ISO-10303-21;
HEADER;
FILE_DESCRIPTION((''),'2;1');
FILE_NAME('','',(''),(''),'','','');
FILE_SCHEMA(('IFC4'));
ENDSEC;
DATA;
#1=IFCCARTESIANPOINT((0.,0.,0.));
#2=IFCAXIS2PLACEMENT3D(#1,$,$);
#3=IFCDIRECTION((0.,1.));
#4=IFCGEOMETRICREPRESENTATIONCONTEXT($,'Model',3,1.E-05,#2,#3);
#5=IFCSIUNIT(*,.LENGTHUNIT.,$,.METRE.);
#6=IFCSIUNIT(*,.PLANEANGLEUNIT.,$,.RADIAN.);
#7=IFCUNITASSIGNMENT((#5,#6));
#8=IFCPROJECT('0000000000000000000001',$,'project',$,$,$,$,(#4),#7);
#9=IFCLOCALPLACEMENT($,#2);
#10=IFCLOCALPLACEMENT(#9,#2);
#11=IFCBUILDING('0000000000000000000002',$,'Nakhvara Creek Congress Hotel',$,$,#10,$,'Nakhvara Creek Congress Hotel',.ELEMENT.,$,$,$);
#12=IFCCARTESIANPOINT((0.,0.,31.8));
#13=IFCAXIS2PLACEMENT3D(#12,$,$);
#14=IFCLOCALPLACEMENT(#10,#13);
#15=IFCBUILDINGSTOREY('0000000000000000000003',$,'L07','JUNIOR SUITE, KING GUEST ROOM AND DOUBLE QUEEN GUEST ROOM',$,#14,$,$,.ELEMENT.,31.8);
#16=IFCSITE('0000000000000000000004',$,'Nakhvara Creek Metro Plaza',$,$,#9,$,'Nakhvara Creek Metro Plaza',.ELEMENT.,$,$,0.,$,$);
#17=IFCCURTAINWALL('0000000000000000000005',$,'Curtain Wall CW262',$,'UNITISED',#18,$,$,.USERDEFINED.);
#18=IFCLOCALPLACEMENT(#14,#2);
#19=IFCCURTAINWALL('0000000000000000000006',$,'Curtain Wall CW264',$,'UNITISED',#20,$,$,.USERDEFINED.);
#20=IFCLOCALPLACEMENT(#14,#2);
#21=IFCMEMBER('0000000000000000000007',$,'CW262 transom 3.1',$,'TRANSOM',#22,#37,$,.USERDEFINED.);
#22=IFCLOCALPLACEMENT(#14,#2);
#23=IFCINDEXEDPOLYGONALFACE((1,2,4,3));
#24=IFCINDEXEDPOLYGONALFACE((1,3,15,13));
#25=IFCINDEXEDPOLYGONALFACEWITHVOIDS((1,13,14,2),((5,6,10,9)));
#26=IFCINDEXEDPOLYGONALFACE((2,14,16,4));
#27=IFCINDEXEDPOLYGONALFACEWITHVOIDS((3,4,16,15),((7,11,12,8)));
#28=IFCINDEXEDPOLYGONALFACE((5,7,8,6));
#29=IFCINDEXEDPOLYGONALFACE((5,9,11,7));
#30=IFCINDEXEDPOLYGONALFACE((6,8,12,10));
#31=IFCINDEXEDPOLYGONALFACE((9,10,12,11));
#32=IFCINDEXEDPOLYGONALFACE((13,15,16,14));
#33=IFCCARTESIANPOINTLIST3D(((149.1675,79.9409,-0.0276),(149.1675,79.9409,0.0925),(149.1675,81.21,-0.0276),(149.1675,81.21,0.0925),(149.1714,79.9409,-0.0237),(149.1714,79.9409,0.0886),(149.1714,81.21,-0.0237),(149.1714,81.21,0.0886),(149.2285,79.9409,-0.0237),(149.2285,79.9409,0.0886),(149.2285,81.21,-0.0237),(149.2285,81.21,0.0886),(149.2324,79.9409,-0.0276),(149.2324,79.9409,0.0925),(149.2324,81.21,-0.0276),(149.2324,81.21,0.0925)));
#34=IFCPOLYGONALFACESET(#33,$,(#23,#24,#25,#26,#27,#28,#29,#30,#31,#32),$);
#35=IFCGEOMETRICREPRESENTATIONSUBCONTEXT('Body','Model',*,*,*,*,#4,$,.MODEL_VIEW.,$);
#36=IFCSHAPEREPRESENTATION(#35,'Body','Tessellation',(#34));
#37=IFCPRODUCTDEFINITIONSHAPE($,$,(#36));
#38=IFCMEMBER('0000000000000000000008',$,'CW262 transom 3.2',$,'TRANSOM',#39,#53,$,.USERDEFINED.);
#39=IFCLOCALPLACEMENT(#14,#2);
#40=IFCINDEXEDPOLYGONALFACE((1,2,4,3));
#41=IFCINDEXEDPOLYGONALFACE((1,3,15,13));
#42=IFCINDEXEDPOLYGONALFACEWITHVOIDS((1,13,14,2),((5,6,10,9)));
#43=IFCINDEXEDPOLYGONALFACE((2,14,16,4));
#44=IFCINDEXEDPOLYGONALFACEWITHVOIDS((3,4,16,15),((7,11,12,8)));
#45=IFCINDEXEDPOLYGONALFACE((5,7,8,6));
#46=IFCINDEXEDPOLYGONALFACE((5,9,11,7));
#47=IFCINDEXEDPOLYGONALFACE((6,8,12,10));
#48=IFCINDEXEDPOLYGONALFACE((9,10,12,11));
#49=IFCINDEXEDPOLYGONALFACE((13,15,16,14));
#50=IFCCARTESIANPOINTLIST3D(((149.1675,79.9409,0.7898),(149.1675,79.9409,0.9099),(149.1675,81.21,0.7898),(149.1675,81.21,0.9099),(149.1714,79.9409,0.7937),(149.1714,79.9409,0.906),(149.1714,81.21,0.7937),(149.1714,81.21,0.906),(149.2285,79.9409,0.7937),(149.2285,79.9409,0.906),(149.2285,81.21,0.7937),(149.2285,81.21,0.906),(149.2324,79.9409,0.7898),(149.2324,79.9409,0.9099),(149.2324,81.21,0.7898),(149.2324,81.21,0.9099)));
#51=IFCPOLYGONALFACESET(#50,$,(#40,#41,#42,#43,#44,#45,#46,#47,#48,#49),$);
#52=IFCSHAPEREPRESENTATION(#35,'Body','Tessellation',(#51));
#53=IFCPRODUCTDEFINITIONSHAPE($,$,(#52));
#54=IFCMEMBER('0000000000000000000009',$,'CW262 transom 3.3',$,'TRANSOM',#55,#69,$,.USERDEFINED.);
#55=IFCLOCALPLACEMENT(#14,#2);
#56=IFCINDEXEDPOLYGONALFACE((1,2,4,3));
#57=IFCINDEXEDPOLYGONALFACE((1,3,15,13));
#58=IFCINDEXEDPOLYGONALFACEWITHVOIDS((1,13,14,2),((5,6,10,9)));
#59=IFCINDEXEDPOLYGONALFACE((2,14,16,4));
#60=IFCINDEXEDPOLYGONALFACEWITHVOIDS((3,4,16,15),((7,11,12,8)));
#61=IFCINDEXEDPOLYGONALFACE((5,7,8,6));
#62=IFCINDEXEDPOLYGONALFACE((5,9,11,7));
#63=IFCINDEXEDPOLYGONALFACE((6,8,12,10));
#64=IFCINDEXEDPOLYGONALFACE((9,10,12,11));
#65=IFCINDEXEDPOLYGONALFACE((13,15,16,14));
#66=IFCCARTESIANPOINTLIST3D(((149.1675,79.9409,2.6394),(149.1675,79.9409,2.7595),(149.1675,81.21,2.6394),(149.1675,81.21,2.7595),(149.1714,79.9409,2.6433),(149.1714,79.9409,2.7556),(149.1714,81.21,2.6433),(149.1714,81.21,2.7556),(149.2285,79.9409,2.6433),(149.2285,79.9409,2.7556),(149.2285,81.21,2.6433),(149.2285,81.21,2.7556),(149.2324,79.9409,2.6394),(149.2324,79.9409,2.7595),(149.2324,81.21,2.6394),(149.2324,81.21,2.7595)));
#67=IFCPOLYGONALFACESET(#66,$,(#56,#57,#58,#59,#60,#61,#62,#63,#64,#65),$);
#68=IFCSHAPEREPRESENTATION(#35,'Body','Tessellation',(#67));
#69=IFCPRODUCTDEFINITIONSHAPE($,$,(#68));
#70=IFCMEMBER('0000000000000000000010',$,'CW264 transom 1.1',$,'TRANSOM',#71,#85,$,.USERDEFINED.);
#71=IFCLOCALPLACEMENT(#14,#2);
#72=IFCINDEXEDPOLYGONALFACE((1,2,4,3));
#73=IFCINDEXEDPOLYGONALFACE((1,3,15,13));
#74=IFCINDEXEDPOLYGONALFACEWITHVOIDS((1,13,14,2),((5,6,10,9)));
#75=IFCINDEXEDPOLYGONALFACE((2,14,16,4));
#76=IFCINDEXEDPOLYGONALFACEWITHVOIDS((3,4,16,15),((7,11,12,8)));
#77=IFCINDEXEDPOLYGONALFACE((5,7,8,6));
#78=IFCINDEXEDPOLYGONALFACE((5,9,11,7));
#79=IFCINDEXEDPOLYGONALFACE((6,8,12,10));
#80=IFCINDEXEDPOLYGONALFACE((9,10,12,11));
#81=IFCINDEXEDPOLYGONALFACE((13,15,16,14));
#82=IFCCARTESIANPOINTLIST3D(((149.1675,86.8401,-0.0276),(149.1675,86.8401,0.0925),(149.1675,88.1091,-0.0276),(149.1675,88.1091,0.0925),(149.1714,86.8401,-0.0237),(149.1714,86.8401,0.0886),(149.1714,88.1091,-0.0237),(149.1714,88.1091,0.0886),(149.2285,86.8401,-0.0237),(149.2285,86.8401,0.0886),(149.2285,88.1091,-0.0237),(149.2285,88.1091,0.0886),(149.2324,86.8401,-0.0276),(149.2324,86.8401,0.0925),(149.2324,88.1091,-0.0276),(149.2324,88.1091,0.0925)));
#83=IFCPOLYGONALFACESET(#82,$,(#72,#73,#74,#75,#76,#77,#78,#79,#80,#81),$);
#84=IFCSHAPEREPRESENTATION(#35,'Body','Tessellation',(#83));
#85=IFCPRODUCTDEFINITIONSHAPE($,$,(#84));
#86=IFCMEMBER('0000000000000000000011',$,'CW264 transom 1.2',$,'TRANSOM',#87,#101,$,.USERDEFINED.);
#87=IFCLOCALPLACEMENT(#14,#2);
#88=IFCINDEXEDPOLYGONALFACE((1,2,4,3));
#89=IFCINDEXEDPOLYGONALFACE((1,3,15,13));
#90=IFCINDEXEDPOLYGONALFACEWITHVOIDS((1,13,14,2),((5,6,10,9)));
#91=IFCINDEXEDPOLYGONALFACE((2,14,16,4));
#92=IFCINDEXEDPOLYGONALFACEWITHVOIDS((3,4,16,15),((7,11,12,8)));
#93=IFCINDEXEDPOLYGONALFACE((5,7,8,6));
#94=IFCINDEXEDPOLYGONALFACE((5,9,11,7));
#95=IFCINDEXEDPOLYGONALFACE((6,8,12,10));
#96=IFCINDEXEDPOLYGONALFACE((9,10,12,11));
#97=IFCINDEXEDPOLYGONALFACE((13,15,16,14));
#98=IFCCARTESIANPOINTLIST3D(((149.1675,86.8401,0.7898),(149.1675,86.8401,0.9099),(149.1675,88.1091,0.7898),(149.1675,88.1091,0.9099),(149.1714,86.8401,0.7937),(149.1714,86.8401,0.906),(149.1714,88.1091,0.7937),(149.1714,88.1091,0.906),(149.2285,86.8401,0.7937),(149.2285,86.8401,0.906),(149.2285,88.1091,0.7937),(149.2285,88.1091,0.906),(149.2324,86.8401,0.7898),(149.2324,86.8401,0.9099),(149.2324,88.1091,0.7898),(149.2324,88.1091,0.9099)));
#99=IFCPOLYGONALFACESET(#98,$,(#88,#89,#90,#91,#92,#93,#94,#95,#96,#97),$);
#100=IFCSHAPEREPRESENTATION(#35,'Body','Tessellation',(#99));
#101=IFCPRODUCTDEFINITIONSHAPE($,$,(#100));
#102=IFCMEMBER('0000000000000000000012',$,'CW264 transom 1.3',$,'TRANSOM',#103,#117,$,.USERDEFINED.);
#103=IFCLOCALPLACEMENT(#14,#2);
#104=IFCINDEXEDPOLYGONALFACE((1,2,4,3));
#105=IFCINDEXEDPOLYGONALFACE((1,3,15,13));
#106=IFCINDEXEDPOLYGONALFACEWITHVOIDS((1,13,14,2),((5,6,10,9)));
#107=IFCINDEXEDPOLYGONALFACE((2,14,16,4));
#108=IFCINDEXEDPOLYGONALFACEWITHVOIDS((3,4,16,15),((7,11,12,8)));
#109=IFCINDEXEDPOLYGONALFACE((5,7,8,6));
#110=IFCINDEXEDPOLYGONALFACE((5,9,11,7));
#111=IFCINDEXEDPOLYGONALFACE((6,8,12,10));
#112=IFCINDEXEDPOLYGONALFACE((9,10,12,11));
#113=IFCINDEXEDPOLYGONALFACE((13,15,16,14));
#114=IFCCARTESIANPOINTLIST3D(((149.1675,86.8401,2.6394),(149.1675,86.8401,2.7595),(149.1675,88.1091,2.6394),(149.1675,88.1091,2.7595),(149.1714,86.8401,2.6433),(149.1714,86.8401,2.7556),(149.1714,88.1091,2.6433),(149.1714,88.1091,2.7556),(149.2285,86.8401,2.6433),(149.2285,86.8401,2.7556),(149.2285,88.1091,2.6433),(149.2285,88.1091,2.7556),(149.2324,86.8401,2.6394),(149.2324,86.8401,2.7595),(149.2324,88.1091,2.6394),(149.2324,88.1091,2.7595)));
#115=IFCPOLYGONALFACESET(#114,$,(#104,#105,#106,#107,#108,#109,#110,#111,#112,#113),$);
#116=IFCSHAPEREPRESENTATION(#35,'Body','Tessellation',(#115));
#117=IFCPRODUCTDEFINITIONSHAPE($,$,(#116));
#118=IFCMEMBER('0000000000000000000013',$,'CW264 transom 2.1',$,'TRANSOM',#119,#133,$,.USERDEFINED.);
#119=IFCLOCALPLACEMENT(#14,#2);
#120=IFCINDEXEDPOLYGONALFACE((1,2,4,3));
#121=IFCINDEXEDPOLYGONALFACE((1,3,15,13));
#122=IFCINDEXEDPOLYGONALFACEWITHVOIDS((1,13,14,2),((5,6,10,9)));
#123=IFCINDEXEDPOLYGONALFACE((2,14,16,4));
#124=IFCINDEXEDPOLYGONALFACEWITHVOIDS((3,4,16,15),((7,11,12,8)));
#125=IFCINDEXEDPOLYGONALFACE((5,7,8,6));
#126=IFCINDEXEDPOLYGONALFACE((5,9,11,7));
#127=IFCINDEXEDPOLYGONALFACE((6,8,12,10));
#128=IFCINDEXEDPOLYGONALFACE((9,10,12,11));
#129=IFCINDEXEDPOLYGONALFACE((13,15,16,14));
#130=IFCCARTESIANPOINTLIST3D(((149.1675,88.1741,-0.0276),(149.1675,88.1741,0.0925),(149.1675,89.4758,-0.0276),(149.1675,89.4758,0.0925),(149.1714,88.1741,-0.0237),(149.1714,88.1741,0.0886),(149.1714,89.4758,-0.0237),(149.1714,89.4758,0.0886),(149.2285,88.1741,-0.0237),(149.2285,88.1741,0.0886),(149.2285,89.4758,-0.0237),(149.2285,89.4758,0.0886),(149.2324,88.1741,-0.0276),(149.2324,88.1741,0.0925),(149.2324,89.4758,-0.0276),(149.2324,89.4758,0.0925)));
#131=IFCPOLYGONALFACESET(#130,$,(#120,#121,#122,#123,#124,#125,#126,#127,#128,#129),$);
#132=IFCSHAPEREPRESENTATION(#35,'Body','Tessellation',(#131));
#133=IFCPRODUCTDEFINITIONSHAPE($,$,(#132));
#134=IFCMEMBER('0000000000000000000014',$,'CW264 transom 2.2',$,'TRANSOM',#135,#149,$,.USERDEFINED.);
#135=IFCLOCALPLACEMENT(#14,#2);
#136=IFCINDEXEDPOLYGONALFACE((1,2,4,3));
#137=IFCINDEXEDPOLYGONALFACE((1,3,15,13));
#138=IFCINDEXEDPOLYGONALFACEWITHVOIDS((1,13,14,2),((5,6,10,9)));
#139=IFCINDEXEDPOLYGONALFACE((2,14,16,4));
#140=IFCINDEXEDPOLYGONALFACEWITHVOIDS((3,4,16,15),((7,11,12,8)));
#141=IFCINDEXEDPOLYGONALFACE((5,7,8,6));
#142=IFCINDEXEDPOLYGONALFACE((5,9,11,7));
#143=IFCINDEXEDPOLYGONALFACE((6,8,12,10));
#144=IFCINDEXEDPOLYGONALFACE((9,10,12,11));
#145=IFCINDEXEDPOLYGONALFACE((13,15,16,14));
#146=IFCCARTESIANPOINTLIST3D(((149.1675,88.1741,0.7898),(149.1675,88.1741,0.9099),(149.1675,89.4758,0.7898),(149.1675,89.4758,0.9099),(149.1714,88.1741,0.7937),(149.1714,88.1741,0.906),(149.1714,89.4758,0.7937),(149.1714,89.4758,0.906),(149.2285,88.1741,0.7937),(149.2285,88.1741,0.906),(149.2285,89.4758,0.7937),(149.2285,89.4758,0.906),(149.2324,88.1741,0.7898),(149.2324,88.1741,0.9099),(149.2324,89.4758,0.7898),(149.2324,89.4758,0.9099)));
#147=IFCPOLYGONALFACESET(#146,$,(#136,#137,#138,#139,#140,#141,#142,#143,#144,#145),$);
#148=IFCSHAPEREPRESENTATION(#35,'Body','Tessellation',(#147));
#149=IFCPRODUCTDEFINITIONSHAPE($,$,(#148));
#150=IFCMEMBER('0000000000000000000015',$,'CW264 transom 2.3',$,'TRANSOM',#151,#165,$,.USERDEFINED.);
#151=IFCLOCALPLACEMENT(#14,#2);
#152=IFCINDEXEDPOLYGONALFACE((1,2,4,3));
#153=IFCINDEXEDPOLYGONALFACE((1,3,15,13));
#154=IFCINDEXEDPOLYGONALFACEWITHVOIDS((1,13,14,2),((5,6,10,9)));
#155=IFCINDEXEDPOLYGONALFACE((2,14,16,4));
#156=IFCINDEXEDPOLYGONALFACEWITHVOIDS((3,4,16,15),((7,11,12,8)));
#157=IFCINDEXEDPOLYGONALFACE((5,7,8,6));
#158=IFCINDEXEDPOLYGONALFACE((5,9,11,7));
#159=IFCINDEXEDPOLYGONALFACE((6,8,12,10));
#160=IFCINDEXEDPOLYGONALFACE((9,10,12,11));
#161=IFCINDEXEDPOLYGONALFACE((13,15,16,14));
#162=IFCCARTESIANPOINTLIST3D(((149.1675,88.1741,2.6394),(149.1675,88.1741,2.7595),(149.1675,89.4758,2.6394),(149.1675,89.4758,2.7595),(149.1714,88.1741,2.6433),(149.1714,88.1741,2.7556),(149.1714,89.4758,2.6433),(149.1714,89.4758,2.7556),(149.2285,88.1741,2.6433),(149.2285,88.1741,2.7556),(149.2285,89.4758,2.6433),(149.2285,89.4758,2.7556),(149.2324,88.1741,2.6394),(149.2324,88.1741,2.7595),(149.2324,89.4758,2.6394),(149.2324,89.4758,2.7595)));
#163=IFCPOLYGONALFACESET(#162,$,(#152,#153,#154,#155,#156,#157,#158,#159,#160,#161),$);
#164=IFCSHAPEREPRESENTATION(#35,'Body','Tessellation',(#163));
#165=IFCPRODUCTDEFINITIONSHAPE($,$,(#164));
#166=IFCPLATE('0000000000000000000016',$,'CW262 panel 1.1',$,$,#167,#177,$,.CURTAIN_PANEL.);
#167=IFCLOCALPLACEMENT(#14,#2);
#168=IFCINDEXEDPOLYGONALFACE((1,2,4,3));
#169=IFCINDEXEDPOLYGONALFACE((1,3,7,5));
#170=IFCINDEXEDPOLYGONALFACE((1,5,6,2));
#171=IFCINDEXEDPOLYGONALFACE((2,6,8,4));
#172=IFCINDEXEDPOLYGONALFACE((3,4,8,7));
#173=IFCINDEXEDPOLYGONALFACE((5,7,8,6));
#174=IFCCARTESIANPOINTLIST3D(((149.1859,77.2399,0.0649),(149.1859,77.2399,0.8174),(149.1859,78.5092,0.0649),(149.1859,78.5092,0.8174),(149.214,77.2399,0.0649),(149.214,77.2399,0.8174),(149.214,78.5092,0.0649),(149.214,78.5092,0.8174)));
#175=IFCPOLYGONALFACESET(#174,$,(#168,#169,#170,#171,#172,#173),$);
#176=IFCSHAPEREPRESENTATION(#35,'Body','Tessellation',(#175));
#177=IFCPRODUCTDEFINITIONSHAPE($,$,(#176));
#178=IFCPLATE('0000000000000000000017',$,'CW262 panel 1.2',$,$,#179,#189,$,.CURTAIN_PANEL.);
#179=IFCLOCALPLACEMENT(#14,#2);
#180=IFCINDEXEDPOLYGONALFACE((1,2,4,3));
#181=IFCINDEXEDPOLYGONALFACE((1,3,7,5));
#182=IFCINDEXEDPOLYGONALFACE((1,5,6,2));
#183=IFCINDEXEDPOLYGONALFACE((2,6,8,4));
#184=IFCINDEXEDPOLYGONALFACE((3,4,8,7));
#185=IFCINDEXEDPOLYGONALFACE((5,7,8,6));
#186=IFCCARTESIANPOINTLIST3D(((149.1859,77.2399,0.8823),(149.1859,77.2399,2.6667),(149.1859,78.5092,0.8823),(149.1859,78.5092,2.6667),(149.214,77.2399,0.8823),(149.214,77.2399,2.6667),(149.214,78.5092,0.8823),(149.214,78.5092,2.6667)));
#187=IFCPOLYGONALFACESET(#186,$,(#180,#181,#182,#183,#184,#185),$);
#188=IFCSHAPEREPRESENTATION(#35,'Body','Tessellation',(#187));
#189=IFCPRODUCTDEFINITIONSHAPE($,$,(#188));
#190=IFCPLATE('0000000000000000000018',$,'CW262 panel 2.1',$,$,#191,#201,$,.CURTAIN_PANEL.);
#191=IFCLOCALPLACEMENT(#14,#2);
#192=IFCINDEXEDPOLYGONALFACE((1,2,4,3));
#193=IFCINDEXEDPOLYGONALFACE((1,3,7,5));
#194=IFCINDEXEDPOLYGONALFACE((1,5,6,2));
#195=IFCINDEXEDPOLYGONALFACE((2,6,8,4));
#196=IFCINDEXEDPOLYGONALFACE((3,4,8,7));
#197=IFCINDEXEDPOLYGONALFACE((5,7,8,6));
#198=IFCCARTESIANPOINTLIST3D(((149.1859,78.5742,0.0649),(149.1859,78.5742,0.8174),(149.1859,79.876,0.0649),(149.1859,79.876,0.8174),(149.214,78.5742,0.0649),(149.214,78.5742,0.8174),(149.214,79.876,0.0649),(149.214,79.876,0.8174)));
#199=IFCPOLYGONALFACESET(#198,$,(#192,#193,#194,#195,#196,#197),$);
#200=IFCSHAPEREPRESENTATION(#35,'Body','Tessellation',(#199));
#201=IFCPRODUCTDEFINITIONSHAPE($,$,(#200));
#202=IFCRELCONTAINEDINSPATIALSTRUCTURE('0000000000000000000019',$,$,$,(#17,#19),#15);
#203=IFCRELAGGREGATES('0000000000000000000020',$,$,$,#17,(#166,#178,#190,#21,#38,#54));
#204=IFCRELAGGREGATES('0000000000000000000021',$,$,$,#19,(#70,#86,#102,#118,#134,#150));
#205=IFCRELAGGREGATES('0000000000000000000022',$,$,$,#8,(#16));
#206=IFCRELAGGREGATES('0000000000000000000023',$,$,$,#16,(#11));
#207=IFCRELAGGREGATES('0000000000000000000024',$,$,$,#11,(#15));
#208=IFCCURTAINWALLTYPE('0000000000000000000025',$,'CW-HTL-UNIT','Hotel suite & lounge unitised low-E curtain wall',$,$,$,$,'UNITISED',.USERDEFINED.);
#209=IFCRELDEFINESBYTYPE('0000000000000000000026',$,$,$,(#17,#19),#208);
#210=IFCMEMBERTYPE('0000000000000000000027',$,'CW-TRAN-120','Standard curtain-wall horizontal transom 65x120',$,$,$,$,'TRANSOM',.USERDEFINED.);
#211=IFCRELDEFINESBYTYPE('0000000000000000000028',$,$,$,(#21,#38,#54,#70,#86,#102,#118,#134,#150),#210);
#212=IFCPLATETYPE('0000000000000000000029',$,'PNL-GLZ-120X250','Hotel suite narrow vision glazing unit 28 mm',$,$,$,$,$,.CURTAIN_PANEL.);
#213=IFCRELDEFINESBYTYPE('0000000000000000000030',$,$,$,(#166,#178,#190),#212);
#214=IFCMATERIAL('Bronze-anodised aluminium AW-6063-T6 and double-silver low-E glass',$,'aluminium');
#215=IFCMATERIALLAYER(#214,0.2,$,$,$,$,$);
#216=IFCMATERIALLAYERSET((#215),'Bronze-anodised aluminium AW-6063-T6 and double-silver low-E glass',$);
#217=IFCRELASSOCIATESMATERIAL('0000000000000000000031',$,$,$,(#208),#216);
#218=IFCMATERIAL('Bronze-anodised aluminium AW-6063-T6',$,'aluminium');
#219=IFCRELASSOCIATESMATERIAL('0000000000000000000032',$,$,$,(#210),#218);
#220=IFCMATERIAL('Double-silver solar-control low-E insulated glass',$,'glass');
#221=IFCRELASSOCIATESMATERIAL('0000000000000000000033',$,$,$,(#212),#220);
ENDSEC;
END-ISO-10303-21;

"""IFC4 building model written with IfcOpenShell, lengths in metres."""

from ifc_helpers import new_model, si_unit, direction, frame, origin, origin_2d, place, context, subcontext, project, spatial, rectangle, hollow_rectangle, extrude, material, layer, layer_set, material_profile, profile_set, type_object, element, aggregate, save


model = new_model("IFC4")

# Units and contexts
model_context = context("Model", 3, precision=1e-05, world=origin(), true_north=direction((0.0, 1.0)))
body_context = subcontext(model_context, "Body", "Model", "MODEL_VIEW")
ifc_project = project(units=[si_unit("LENGTHUNIT", "METRE"), si_unit("PLANEANGLEUNIT", "RADIAN")], contexts=[model_context])

# Site, building, storey
site_placement = place(None, origin())
site = spatial("IfcSite", under=ifc_project, at=site_placement, Name="Nakhvara Creek Metro Plaza", LongName="Nakhvara Creek Metro Plaza", CompositionType="ELEMENT", RefElevation=0.0)
building_placement = place(site_placement, origin())
building = spatial("IfcBuilding", under=site, at=building_placement, Name="Nakhvara Creek Congress Hotel", LongName="Nakhvara Creek Congress Hotel", CompositionType="ELEMENT")
storey_placement = place(building_placement, frame((0.0, 0.0, 31.8)))
storey = spatial("IfcBuildingStorey", under=building, at=storey_placement, Name="L07", Description="JUNIOR SUITE, KING GUEST ROOM AND DOUBLE QUEEN GUEST ROOM", CompositionType="ELEMENT", Elevation=31.8)

# Curtain walls
ifc_material_1 = material(Name="Bronze-anodised aluminium AW-6063-T6 and double-silver low-E glass", Category="aluminium")
ifc_layer = layer(ifc_material_1, 0.2)
ifc_layer_set = layer_set([ifc_layer], Name="Bronze-anodised aluminium AW-6063-T6 and double-silver low-E glass")
curtain_wall_type = type_object("IfcCurtainWallType", Name="CW-HTL-UNIT", Description="Hotel suite & lounge unitised low-E curtain wall", ElementType="UNITISED", PredefinedType="USERDEFINED", material=ifc_layer_set)
curtain_wall_1_placement = place(storey_placement, origin())
curtain_wall_1 = element("IfcCurtainWall", 1, at=curtain_wall_1_placement, inside=storey, type_object=curtain_wall_type, Name="Curtain Wall CW262", ObjectType="UNITISED", PredefinedType="USERDEFINED")
ifc_material_2 = material(Name="Bronze-anodised aluminium AW-6063-T6", Category="aluminium")
curtain_wall_2_placement = place(storey_placement, origin())
curtain_wall_2 = element("IfcCurtainWall", 2, at=curtain_wall_2_placement, inside=storey, type_object=curtain_wall_type, Name="Curtain Wall CW264", ObjectType="UNITISED", PredefinedType="USERDEFINED")

# Members
ifc_material_profile_1 = material_profile(ifc_material_2, hollow_rectangle(XDim=0.0649, YDim=0.1201, WallThickness=0.0039, at=origin_2d()), Name="ALU-TRAN 65x120x4", Category="LoadBearing")
ifc_profile_set_1 = profile_set([ifc_material_profile_1], Name="Bronze-anodised aluminium AW-6063-T6")
member_type_1 = type_object("IfcMemberType", Name="CW-TRAN-120", Description="Standard curtain-wall horizontal transom 65x120", ElementType="TRANSOM", PredefinedType="USERDEFINED", material=ifc_profile_set_1)
member_1_placement = place(storey_placement, frame((149.2, 79.9409, 0.0325), z_axis=(0.0, 1.0, 0.0), x_axis=(-1.0, 0.0, 0.0)))
member_1 = element("IfcMember", 3, at=member_1_placement, type_object=member_type_1, Name="CW262 transom 3.1", ObjectType="TRANSOM", PredefinedType="USERDEFINED", context=body_context, shape_type="SweptSolid", body=[
    extrude(hollow_rectangle(XDim=0.0649, YDim=0.1201, WallThickness=0.0039, at=origin_2d()), origin(), (0.0, 0.0, 1.0), 1.269),
])
member_2_placement = place(storey_placement, frame((149.2, 79.9409, 0.8499), z_axis=(0.0, 1.0, 0.0), x_axis=(-1.0, 0.0, 0.0)))
member_2 = element("IfcMember", 4, at=member_2_placement, type_object=member_type_1, Name="CW262 transom 3.2", ObjectType="TRANSOM", PredefinedType="USERDEFINED", context=body_context, shape_type="SweptSolid", body=[
    extrude(hollow_rectangle(XDim=0.0649, YDim=0.1201, WallThickness=0.0039, at=origin_2d()), origin(), (0.0, 0.0, 1.0), 1.269),
])
member_3_placement = place(storey_placement, frame((149.2, 79.9409, 2.6995), z_axis=(0.0, 1.0, 0.0), x_axis=(-1.0, 0.0, 0.0)))
member_3 = element("IfcMember", 5, at=member_3_placement, type_object=member_type_1, Name="CW262 transom 3.3", ObjectType="TRANSOM", PredefinedType="USERDEFINED", context=body_context, shape_type="SweptSolid", body=[
    extrude(hollow_rectangle(XDim=0.0649, YDim=0.1201, WallThickness=0.0039, at=origin_2d()), origin(), (0.0, 0.0, 1.0), 1.269),
])
member_4_placement = place(storey_placement, frame((149.2, 86.8401, 0.0325), z_axis=(0.0, 1.0, 0.0), x_axis=(-1.0, 0.0, 0.0)))
member_4 = element("IfcMember", 6, at=member_4_placement, type_object=member_type_1, Name="CW264 transom 1.1", ObjectType="TRANSOM", PredefinedType="USERDEFINED", context=body_context, shape_type="SweptSolid", body=[
    extrude(hollow_rectangle(XDim=0.0649, YDim=0.1201, WallThickness=0.0039, at=origin_2d()), origin(), (0.0, 0.0, 1.0), 1.269),
])
member_5_placement = place(storey_placement, frame((149.2, 86.8401, 0.8499), z_axis=(0.0, 1.0, 0.0), x_axis=(-1.0, 0.0, 0.0)))
member_5 = element("IfcMember", 7, at=member_5_placement, type_object=member_type_1, Name="CW264 transom 1.2", ObjectType="TRANSOM", PredefinedType="USERDEFINED", context=body_context, shape_type="SweptSolid", body=[
    extrude(hollow_rectangle(XDim=0.0649, YDim=0.1201, WallThickness=0.0039, at=origin_2d()), origin(), (0.0, 0.0, 1.0), 1.269),
])
member_6_placement = place(storey_placement, frame((149.2, 86.8401, 2.6995), z_axis=(0.0, 1.0, 0.0), x_axis=(-1.0, 0.0, 0.0)))
member_6 = element("IfcMember", 8, at=member_6_placement, type_object=member_type_1, Name="CW264 transom 1.3", ObjectType="TRANSOM", PredefinedType="USERDEFINED", context=body_context, shape_type="SweptSolid", body=[
    extrude(hollow_rectangle(XDim=0.0649, YDim=0.1201, WallThickness=0.0039, at=origin_2d()), origin(), (0.0, 0.0, 1.0), 1.269),
])
member_7_placement = place(storey_placement, frame((149.2, 88.1741, 0.0325), z_axis=(0.0, 1.0, 0.0), x_axis=(-1.0, 0.0, 0.0)))
member_7 = element("IfcMember", 9, at=member_7_placement, type_object=member_type_1, Name="CW264 transom 2.1", ObjectType="TRANSOM", PredefinedType="USERDEFINED", context=body_context, shape_type="SweptSolid", body=[
    extrude(hollow_rectangle(XDim=0.0649, YDim=0.1201, WallThickness=0.0039, at=origin_2d()), origin(), (0.0, 0.0, 1.0), 1.3018),
])
member_8_placement = place(storey_placement, frame((149.2, 88.1741, 0.8499), z_axis=(0.0, 1.0, 0.0), x_axis=(-1.0, 0.0, 0.0)))
member_8 = element("IfcMember", 10, at=member_8_placement, type_object=member_type_1, Name="CW264 transom 2.2", ObjectType="TRANSOM", PredefinedType="USERDEFINED", context=body_context, shape_type="SweptSolid", body=[
    extrude(hollow_rectangle(XDim=0.0649, YDim=0.1201, WallThickness=0.0039, at=origin_2d()), origin(), (0.0, 0.0, 1.0), 1.3018),
])
member_9_placement = place(storey_placement, frame((149.2, 88.1741, 2.6995), z_axis=(0.0, 1.0, 0.0), x_axis=(-1.0, 0.0, 0.0)))
member_9 = element("IfcMember", 11, at=member_9_placement, type_object=member_type_1, Name="CW264 transom 2.3", ObjectType="TRANSOM", PredefinedType="USERDEFINED", context=body_context, shape_type="SweptSolid", body=[
    extrude(hollow_rectangle(XDim=0.0649, YDim=0.1201, WallThickness=0.0039, at=origin_2d()), origin(), (0.0, 0.0, 1.0), 1.3018),
])

# Plates
ifc_material_3 = material(Name="Double-silver solar-control low-E insulated glass", Category="glass")
plate_type = type_object("IfcPlateType", Name="PNL-GLZ-120X250", Description="Hotel suite narrow vision glazing unit 28 mm", PredefinedType="CURTAIN_PANEL", material=ifc_material_3)
plate_1_placement = place(storey_placement, frame((149.2, 77.8745, 0.0649), z_axis=(0.0, 0.0, 1.0), x_axis=(0.0, 1.0, 0.0)))
plate_1 = element("IfcPlate", 12, at=plate_1_placement, type_object=plate_type, Name="CW262 panel 1.1", PredefinedType="CURTAIN_PANEL", context=body_context, shape_type="SweptSolid", body=[
    extrude(rectangle(XDim=1.2693, YDim=0.0281, at=origin_2d()), origin(), (0.0, 0.0, 1.0), 0.7524),
])
plate_2_placement = place(storey_placement, frame((149.2, 77.8745, 0.8823), z_axis=(0.0, 0.0, 1.0), x_axis=(0.0, 1.0, 0.0)))
plate_2 = element("IfcPlate", 13, at=plate_2_placement, type_object=plate_type, Name="CW262 panel 1.2", PredefinedType="CURTAIN_PANEL", context=body_context, shape_type="SweptSolid", body=[
    extrude(rectangle(XDim=1.2693, YDim=0.0281, at=origin_2d()), origin(), (0.0, 0.0, 1.0), 1.7844),
])
plate_3_placement = place(storey_placement, frame((149.2, 79.2251, 0.0649), z_axis=(0.0, 0.0, 1.0), x_axis=(0.0, 1.0, 0.0)))
plate_3 = element("IfcPlate", 14, at=plate_3_placement, type_object=plate_type, Name="CW262 panel 2.1", PredefinedType="CURTAIN_PANEL", context=body_context, shape_type="SweptSolid", body=[
    extrude(rectangle(XDim=1.3018, YDim=0.0281, at=origin_2d()), origin(), (0.0, 0.0, 1.0), 0.7524),
])
aggregate(curtain_wall_1, [plate_1, plate_2, plate_3, member_1, member_2, member_3])
aggregate(curtain_wall_2, [member_4, member_5, member_6, member_7, member_8, member_9])

save(model, "model.ifc")
